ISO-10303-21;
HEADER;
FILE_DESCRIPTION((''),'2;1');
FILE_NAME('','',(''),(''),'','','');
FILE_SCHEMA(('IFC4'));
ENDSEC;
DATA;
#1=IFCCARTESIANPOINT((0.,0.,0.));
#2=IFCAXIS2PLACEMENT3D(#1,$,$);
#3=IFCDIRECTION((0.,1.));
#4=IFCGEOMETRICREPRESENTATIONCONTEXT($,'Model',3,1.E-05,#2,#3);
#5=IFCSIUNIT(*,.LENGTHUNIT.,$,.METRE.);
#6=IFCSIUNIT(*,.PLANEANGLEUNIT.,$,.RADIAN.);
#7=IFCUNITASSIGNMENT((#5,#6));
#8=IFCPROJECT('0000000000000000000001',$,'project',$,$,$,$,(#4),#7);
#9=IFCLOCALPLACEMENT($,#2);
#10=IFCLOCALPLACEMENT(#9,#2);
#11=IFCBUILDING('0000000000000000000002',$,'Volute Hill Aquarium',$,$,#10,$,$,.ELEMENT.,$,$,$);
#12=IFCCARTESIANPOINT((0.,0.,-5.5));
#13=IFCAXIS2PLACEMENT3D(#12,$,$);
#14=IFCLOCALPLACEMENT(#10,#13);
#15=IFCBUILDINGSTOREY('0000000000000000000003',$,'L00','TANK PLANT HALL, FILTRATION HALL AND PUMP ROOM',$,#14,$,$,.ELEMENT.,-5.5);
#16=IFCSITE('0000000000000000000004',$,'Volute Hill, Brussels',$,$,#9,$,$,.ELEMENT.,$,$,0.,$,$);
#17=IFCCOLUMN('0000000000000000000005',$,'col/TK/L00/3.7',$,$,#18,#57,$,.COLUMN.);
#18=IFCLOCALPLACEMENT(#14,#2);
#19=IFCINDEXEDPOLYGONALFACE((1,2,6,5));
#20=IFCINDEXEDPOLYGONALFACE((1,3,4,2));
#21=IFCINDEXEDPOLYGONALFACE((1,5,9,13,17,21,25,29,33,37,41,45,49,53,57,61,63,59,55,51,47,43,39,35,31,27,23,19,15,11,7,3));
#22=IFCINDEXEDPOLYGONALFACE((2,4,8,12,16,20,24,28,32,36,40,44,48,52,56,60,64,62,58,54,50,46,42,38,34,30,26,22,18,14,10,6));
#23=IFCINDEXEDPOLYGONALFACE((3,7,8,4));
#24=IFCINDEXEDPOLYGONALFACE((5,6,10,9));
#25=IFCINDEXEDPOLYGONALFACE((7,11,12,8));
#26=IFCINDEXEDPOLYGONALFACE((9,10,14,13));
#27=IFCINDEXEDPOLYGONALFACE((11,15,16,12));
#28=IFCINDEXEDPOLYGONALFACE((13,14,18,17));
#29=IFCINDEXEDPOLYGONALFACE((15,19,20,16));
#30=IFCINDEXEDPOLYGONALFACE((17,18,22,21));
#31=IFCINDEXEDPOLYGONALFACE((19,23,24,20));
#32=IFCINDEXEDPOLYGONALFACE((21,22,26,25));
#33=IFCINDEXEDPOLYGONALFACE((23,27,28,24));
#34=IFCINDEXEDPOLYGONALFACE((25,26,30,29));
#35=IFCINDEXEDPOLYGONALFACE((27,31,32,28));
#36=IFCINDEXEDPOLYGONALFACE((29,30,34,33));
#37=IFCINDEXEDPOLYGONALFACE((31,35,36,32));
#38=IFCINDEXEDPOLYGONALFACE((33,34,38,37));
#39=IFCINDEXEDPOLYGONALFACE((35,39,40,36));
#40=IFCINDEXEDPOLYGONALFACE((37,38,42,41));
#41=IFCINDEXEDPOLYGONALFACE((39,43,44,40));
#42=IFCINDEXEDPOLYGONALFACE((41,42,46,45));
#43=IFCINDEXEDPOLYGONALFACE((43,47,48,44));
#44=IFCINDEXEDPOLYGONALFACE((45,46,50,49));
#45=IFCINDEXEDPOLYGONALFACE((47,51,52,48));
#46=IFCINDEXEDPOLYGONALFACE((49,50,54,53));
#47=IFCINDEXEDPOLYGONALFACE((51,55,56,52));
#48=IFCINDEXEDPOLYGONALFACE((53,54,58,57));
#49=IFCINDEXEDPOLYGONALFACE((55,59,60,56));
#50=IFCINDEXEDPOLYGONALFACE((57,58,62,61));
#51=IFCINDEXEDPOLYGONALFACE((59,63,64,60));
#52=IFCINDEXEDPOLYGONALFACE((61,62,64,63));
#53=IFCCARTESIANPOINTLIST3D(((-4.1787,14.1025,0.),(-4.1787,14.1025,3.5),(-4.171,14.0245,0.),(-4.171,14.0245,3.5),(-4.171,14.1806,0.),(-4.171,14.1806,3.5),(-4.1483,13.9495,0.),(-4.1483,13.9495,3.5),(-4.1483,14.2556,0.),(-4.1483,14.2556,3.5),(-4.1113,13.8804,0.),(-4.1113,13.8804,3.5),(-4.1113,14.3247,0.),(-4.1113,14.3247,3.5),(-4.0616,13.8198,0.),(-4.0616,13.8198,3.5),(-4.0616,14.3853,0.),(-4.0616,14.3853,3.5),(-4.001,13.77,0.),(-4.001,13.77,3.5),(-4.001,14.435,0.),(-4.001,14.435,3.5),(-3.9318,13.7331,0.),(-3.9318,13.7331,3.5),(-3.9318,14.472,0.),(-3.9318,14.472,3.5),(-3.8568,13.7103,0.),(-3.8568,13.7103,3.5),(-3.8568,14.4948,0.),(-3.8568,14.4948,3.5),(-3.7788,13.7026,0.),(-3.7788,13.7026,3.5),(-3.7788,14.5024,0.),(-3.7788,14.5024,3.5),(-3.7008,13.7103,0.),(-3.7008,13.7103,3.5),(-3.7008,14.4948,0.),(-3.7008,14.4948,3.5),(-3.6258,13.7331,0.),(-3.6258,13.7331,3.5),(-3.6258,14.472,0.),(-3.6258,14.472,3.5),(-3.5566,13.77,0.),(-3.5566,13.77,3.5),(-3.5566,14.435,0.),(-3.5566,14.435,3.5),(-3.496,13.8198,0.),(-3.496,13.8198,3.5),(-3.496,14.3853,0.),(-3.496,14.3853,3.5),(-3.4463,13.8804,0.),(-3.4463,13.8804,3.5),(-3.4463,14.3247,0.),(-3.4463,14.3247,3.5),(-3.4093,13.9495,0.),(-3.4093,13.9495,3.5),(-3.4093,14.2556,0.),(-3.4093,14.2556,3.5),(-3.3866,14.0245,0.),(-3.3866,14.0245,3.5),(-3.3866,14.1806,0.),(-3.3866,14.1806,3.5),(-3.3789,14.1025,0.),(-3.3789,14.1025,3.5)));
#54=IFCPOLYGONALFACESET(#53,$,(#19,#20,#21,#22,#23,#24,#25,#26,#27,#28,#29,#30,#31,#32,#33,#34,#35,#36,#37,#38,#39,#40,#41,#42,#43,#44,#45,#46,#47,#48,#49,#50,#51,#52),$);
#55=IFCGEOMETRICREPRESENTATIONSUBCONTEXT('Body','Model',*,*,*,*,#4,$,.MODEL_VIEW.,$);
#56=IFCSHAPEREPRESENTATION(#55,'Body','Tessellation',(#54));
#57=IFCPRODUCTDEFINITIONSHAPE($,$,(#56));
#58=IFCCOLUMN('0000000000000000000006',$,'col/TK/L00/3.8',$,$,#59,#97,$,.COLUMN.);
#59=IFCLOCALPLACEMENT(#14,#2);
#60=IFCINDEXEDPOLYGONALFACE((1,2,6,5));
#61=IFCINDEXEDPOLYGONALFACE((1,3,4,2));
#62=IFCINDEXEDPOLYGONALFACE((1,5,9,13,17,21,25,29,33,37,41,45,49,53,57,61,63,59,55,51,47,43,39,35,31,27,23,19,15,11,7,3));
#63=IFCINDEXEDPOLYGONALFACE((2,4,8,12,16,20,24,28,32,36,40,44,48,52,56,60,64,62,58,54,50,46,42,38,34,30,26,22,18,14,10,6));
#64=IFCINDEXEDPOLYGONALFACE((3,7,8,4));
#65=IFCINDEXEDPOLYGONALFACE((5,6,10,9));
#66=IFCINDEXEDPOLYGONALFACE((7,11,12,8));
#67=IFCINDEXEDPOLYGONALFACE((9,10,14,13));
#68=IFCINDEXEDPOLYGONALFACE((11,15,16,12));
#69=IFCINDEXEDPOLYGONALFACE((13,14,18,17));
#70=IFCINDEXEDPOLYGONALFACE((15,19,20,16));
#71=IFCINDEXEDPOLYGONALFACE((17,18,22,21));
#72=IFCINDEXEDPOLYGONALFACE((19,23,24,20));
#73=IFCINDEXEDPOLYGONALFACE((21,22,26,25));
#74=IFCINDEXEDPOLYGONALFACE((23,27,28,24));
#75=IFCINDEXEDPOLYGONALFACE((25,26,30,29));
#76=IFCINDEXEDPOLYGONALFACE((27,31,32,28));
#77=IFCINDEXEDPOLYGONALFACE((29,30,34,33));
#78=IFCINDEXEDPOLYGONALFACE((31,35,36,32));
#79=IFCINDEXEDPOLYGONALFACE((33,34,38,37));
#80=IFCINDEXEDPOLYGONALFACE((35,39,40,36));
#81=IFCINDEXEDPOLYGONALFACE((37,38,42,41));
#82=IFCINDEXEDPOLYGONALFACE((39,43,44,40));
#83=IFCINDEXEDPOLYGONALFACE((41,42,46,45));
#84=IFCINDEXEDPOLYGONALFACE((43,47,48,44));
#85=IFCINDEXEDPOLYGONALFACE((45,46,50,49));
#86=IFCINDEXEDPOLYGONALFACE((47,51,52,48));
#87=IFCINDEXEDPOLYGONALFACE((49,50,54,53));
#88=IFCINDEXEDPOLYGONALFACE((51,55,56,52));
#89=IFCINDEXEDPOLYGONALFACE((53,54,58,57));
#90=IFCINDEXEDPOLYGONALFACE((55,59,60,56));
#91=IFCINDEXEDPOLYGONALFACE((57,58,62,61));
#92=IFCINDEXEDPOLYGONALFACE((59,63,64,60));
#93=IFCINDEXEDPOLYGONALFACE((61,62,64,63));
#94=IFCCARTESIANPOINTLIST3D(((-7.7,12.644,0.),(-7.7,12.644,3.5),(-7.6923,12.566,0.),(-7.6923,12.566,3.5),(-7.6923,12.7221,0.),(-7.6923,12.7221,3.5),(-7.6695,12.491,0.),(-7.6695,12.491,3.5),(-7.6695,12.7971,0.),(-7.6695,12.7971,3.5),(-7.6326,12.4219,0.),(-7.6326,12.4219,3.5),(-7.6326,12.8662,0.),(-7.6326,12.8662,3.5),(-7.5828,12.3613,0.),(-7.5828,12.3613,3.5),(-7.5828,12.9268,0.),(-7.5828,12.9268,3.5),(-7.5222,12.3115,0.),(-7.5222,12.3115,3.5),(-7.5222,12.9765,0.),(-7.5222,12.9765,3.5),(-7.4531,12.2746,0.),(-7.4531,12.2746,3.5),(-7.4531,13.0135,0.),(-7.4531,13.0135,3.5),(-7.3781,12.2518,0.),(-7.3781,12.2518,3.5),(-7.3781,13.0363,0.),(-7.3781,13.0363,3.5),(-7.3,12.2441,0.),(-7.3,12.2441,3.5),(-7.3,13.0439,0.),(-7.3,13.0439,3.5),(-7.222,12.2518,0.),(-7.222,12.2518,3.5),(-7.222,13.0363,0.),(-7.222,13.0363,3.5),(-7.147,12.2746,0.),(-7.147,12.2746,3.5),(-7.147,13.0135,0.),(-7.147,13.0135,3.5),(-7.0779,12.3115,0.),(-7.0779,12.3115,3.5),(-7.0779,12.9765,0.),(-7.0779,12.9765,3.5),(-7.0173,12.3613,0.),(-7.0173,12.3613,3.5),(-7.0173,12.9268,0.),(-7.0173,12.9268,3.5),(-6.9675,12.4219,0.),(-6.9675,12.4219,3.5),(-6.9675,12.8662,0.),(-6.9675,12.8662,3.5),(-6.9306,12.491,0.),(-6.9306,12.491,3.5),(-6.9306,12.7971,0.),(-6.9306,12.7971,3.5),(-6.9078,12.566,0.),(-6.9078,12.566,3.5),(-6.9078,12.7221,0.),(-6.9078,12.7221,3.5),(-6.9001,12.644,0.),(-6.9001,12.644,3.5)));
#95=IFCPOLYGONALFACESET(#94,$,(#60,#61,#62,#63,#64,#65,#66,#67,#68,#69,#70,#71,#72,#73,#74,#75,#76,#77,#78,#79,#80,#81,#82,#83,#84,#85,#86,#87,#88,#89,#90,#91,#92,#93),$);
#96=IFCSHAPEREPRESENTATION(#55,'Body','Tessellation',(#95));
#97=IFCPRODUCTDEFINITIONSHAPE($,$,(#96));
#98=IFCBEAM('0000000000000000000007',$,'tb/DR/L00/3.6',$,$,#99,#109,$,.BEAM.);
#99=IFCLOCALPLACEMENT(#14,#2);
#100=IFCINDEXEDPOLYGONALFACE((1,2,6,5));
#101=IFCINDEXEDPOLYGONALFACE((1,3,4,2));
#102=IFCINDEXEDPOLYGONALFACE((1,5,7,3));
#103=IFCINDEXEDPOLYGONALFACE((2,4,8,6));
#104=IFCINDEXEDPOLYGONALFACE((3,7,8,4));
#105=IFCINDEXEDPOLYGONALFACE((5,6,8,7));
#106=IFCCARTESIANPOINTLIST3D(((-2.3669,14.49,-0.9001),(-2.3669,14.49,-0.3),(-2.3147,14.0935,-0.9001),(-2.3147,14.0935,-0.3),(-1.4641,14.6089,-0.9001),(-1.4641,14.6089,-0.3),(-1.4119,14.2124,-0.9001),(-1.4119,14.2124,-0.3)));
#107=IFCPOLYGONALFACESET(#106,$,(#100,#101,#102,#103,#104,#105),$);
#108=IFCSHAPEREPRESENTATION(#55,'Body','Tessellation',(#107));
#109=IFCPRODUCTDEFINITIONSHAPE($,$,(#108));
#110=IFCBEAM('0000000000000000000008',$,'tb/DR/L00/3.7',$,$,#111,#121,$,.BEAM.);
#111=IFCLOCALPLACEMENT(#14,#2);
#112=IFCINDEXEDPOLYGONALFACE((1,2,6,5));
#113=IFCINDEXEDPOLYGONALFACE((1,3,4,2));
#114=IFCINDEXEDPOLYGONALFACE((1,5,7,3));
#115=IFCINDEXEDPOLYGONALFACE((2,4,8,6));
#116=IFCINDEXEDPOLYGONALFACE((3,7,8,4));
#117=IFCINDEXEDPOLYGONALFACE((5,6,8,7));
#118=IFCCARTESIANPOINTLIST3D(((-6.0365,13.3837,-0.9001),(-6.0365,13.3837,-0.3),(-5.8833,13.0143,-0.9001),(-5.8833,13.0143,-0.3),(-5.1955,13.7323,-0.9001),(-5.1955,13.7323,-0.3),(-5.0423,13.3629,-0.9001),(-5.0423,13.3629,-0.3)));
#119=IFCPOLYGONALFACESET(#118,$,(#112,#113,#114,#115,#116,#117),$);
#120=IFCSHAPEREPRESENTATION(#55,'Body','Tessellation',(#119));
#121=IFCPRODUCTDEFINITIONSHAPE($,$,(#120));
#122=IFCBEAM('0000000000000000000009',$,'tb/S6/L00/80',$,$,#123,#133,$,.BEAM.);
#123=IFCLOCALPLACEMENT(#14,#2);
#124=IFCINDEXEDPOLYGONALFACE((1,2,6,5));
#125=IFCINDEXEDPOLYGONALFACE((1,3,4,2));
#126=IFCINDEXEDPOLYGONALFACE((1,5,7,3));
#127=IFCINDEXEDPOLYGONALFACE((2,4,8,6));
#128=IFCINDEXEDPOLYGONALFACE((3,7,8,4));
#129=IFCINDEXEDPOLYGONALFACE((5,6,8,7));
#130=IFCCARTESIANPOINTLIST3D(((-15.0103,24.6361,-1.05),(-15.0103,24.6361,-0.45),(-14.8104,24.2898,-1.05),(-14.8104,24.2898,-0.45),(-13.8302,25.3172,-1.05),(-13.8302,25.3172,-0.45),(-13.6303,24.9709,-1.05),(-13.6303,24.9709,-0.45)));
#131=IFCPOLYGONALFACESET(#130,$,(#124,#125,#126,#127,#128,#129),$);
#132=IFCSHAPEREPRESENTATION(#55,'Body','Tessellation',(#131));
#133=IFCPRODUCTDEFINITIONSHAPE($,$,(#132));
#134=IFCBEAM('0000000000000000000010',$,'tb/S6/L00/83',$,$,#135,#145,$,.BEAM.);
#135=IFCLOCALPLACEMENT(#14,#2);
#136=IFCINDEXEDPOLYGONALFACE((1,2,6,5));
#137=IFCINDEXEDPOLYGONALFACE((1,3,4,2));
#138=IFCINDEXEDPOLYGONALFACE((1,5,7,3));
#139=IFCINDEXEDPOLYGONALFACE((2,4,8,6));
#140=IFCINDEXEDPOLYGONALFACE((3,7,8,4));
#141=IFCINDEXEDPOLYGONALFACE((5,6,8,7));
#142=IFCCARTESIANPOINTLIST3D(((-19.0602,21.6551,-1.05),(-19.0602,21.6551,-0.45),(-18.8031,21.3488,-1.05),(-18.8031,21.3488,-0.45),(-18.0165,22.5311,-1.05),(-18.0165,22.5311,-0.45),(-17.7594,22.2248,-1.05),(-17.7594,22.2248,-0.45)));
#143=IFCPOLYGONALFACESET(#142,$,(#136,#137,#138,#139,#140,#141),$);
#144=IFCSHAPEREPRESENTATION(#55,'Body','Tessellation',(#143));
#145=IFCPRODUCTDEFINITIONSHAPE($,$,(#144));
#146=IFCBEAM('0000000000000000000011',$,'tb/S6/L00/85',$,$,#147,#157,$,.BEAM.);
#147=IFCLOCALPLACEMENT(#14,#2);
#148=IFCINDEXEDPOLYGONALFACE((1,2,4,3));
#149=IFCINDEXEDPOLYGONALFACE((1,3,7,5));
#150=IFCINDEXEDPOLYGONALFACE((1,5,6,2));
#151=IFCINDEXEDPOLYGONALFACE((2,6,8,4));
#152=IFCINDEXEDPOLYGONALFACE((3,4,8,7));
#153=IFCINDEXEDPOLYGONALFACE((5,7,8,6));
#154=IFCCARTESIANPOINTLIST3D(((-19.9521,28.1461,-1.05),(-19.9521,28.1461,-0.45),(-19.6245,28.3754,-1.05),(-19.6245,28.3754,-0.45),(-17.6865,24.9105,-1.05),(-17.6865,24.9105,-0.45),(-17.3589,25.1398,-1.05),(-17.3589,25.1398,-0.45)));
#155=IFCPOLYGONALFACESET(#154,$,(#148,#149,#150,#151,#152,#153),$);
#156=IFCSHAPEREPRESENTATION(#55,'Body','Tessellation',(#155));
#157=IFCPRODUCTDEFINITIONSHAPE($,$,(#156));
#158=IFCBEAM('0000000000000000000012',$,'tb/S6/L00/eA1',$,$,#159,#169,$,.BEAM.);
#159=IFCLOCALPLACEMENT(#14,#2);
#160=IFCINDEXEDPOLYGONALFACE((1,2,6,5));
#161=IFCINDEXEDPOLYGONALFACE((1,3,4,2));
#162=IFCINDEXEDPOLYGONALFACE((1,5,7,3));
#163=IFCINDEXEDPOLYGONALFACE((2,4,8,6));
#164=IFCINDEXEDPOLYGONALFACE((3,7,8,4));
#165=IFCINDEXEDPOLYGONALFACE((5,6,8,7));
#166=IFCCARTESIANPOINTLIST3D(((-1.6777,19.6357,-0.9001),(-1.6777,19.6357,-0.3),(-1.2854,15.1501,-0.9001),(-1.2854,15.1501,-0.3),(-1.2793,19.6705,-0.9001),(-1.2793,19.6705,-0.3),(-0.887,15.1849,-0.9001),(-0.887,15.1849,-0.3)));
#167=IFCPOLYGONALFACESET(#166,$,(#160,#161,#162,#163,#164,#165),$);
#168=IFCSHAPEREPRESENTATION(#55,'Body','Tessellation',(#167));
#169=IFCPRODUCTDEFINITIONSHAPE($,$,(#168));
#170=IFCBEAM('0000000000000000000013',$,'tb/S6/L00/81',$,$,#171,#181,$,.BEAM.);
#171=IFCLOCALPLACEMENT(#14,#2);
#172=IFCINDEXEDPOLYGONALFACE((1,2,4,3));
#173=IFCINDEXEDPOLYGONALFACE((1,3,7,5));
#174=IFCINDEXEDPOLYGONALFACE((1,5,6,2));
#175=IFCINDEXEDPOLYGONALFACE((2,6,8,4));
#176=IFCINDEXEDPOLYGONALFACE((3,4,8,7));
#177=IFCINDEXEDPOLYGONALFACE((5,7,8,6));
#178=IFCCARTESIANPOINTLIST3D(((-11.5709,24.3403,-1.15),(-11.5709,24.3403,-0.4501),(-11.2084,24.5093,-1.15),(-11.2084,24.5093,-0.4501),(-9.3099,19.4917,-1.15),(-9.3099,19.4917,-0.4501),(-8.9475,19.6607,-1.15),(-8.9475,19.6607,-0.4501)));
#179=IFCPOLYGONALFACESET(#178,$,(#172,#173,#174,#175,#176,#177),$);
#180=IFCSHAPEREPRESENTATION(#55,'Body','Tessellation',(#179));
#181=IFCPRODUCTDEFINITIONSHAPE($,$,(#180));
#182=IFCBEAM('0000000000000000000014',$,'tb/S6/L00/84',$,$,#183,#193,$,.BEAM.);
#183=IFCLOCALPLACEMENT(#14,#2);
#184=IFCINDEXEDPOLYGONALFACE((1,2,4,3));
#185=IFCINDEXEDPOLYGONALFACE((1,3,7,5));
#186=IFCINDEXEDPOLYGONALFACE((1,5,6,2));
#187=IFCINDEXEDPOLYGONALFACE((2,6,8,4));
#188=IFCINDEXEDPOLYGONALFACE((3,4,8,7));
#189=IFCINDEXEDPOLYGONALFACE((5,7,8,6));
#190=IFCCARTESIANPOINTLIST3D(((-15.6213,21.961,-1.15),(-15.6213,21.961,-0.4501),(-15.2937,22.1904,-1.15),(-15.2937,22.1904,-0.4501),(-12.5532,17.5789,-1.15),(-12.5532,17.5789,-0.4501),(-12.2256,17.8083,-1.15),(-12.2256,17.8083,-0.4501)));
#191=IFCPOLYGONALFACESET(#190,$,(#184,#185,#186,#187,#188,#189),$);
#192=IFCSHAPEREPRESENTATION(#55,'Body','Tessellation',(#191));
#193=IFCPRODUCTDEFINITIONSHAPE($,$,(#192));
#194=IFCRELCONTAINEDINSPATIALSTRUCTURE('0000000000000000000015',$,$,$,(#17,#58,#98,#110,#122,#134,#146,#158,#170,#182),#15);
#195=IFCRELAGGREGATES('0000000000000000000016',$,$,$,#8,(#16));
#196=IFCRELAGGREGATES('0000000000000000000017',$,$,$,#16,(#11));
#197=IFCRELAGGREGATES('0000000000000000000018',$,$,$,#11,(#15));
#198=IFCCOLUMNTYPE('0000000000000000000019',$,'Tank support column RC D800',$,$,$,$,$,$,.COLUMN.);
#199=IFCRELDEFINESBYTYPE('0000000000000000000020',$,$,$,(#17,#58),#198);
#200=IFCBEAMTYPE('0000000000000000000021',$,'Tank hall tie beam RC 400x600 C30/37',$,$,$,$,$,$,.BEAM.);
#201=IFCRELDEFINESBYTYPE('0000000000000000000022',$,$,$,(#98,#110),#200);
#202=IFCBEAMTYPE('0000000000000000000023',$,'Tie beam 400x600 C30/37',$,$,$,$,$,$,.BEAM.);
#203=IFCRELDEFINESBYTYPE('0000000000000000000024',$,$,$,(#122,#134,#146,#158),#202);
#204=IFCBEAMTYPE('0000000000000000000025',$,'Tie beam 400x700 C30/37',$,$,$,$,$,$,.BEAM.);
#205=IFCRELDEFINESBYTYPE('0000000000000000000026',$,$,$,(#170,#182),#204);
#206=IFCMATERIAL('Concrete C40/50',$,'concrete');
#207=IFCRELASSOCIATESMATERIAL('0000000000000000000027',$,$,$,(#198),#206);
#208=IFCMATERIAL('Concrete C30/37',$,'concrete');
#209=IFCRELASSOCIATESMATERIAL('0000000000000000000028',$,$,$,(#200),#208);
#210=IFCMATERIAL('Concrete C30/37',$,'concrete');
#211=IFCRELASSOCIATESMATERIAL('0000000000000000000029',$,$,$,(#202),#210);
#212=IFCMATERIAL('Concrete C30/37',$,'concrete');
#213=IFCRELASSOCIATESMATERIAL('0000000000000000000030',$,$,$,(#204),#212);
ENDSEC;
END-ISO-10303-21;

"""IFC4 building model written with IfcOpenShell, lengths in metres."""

from ifc_helpers import new_model, si_unit, direction, frame, origin, origin_2d, place, context, subcontext, project, spatial, rectangle, circle, extrude, material, material_profile, profile_set, type_object, element, save


model = new_model("IFC4")

# Units and contexts
model_context = context("Model", 3, precision=1e-05, world=origin(), true_north=direction((0.0, 1.0)))
body_context = subcontext(model_context, "Body", "Model", "MODEL_VIEW")
ifc_project = project(units=[si_unit("LENGTHUNIT", "METRE"), si_unit("PLANEANGLEUNIT", "RADIAN")], contexts=[model_context])

# Site, building, storey
site_placement = place(None, origin())
site = spatial("IfcSite", under=ifc_project, at=site_placement, Name="Volute Hill, Brussels", CompositionType="ELEMENT", RefElevation=0.0)
building_placement = place(site_placement, origin())
building = spatial("IfcBuilding", under=site, at=building_placement, Name="Volute Hill Aquarium", CompositionType="ELEMENT")
storey_placement = place(building_placement, frame((0.0, 0.0, -5.5)))
storey = spatial("IfcBuildingStorey", under=building, at=storey_placement, Name="L00", Description="TANK PLANT HALL, FILTRATION HALL AND PUMP ROOM", CompositionType="ELEMENT", Elevation=-5.5)

# Columns
ifc_material_1 = material(Name="Concrete C40/50", Category="concrete")
ifc_material_profile_1 = material_profile(ifc_material_1, circle(Radius=0.3999, at=origin_2d()), Name="RC round column D800")
ifc_profile_set_1 = profile_set([ifc_material_profile_1], Name="Concrete C40/50")
column_type_1 = type_object("IfcColumnType", Name="Tank support column RC D800", PredefinedType="COLUMN", material=ifc_profile_set_1)
for number, where, z_axis, x_axis, name in (
    (1, (-3.7788, 14.1025, 0.0), (0.0, 0.0, 1.0), (1.0, 0.0, 0.0), "col/TK/L00/3.7"),
    (2, (-7.3, 12.644, 0.0), (0.0, 0.0, 1.0), (1.0, 0.0, 0.0), "col/TK/L00/3.8"),
):
    element("IfcColumn", number, at=place(storey_placement, frame(where, z_axis=z_axis, x_axis=x_axis)), inside=storey, type_object=column_type_1, Name=name, PredefinedType="COLUMN", context=body_context, shape_type="SweptSolid", body=[
        extrude(circle(Radius=0.3999, at=origin_2d()), origin(), (0.0, 0.0, 1.0), 3.5),
    ])

# Beams
ifc_material_2 = material(Name="Concrete C30/37", Category="concrete")
ifc_material_profile_2 = material_profile(ifc_material_2, rectangle(XDim=0.3999, YDim=0.6001, at=origin_2d()), Name="RC tie beam 400x600")
ifc_profile_set_2 = profile_set([ifc_material_profile_2], Name="Concrete C30/37")
beam_type_1 = type_object("IfcBeamType", Name="Tank hall tie beam RC 400x600 C30/37", PredefinedType="BEAM", material=ifc_profile_set_2)
beam_1_placement = place(storey_placement, frame((-1.438, 14.4106, -0.6001), z_axis=(-0.99144, -0.130565, 0.0), x_axis=(0.130565, -0.99144, 0.0)))
element("IfcBeam", 3, at=beam_1_placement, inside=storey, type_object=beam_type_1, Name="tb/DR/L00/3.6", PredefinedType="BEAM", context=body_context, shape_type="SweptSolid", body=[
    extrude(rectangle(XDim=0.3999, YDim=0.6001, at=origin_2d()), origin(), (0.0, 0.0, 1.0), 0.9106),
])
beam_2_placement = place(storey_placement, frame((-5.1189, 13.5476, -0.6001), z_axis=(-0.923781, -0.38292, 0.0), x_axis=(0.38292, -0.923781, 0.0)))
element("IfcBeam", 4, at=beam_2_placement, inside=storey, type_object=beam_type_1, Name="tb/DR/L00/3.7", PredefinedType="BEAM", context=body_context, shape_type="SweptSolid", body=[
    extrude(rectangle(XDim=0.3999, YDim=0.6001, at=origin_2d()), origin(), (0.0, 0.0, 1.0), 0.9104),
])
ifc_material_3 = material(Name="Concrete C30/37", Category="concrete")
ifc_material_profile_3 = material_profile(ifc_material_3, rectangle(XDim=0.3999, YDim=0.6001, at=origin_2d()), Name="RC tie beam 400x600")
ifc_profile_set_3 = profile_set([ifc_material_profile_3], Name="Concrete C30/37")
beam_type_2 = type_object("IfcBeamType", Name="Tie beam 400x600 C30/37", PredefinedType="BEAM", material=ifc_profile_set_3)
for number, where, z_axis, x_axis, name in (
    (5, (-13.7302, 25.144, -0.75), (-0.866096, -0.499878, 0.0), (0.499878, -0.866096, 0.0), "tb/S6/L00/80"),
    (6, (-17.8879, 22.3779, -0.75), (-0.76597, -0.642877, 0.0), (0.642877, -0.76597, 0.0), "tb/S6/L00/83"),
):
    element("IfcBeam", number, at=place(storey_placement, frame(where, z_axis=z_axis, x_axis=x_axis)), inside=storey, type_object=beam_type_2, Name=name, PredefinedType="BEAM", context=body_context, shape_type="SweptSolid", body=[
        extrude(rectangle(XDim=0.3999, YDim=0.6001, at=origin_2d()), origin(), (0.0, 0.0, 1.0), 1.3625),
    ])
beam_3_placement = place(storey_placement, frame((-17.5227, 25.0251, -0.75), z_axis=(-0.573583, 0.819148, 0.0), x_axis=(-0.819148, -0.573583, 0.0)))
element("IfcBeam", 7, at=beam_3_placement, inside=storey, type_object=beam_type_2, Name="tb/S6/L00/85", PredefinedType="BEAM", context=body_context, shape_type="SweptSolid", body=[
    extrude(rectangle(XDim=0.3999, YDim=0.6001, at=origin_2d()), origin(), (0.0, 0.0, 1.0), 3.95),
])
beam_4_placement = place(storey_placement, frame((-1.4785, 19.6531, -0.6001), z_axis=(0.087133, -0.996197, 0.0), x_axis=(0.996197, 0.087133, 0.0)))
element("IfcBeam", 8, at=beam_4_placement, inside=storey, type_object=beam_type_2, Name="tb/S6/L00/eA1", PredefinedType="BEAM", context=body_context, shape_type="SweptSolid", body=[
    extrude(rectangle(XDim=0.3999, YDim=0.6001, at=origin_2d()), origin(), (0.0, 0.0, 1.0), 4.5027),
])
ifc_material_4 = material(Name="Concrete C30/37", Category="concrete")
ifc_material_profile_4 = material_profile(ifc_material_4, rectangle(XDim=0.3999, YDim=0.7, at=origin_2d()), Name="RC tie beam 400x700")
ifc_profile_set_4 = profile_set([ifc_material_profile_4], Name="Concrete C30/37")
beam_type_3 = type_object("IfcBeamType", Name="Tie beam 400x700 C30/37", PredefinedType="BEAM", material=ifc_profile_set_4)
beam_5_placement = place(storey_placement, frame((-11.3896, 24.4248, -0.8), z_axis=(0.422623, -0.906306, 0.0), x_axis=(0.906306, 0.422623, 0.0)))
element("IfcBeam", 9, at=beam_5_placement, inside=storey, type_object=beam_type_3, Name="tb/S6/L00/81", PredefinedType="BEAM", context=body_context, shape_type="SweptSolid", body=[
    extrude(rectangle(XDim=0.3999, YDim=0.7, at=origin_2d()), origin(), (0.0, 0.0, 1.0), 5.3499),
])
beam_6_placement = place(storey_placement, frame((-15.4575, 22.0757, -0.8), z_axis=(0.573545, -0.819174, 0.0), x_axis=(0.819174, 0.573545, 0.0)))
element("IfcBeam", 10, at=beam_6_placement, inside=storey, type_object=beam_type_3, Name="tb/S6/L00/84", PredefinedType="BEAM", context=body_context, shape_type="SweptSolid", body=[
    extrude(rectangle(XDim=0.3999, YDim=0.7, at=origin_2d()), origin(), (0.0, 0.0, 1.0), 5.3494),
])

save(model, "model.ifc")
